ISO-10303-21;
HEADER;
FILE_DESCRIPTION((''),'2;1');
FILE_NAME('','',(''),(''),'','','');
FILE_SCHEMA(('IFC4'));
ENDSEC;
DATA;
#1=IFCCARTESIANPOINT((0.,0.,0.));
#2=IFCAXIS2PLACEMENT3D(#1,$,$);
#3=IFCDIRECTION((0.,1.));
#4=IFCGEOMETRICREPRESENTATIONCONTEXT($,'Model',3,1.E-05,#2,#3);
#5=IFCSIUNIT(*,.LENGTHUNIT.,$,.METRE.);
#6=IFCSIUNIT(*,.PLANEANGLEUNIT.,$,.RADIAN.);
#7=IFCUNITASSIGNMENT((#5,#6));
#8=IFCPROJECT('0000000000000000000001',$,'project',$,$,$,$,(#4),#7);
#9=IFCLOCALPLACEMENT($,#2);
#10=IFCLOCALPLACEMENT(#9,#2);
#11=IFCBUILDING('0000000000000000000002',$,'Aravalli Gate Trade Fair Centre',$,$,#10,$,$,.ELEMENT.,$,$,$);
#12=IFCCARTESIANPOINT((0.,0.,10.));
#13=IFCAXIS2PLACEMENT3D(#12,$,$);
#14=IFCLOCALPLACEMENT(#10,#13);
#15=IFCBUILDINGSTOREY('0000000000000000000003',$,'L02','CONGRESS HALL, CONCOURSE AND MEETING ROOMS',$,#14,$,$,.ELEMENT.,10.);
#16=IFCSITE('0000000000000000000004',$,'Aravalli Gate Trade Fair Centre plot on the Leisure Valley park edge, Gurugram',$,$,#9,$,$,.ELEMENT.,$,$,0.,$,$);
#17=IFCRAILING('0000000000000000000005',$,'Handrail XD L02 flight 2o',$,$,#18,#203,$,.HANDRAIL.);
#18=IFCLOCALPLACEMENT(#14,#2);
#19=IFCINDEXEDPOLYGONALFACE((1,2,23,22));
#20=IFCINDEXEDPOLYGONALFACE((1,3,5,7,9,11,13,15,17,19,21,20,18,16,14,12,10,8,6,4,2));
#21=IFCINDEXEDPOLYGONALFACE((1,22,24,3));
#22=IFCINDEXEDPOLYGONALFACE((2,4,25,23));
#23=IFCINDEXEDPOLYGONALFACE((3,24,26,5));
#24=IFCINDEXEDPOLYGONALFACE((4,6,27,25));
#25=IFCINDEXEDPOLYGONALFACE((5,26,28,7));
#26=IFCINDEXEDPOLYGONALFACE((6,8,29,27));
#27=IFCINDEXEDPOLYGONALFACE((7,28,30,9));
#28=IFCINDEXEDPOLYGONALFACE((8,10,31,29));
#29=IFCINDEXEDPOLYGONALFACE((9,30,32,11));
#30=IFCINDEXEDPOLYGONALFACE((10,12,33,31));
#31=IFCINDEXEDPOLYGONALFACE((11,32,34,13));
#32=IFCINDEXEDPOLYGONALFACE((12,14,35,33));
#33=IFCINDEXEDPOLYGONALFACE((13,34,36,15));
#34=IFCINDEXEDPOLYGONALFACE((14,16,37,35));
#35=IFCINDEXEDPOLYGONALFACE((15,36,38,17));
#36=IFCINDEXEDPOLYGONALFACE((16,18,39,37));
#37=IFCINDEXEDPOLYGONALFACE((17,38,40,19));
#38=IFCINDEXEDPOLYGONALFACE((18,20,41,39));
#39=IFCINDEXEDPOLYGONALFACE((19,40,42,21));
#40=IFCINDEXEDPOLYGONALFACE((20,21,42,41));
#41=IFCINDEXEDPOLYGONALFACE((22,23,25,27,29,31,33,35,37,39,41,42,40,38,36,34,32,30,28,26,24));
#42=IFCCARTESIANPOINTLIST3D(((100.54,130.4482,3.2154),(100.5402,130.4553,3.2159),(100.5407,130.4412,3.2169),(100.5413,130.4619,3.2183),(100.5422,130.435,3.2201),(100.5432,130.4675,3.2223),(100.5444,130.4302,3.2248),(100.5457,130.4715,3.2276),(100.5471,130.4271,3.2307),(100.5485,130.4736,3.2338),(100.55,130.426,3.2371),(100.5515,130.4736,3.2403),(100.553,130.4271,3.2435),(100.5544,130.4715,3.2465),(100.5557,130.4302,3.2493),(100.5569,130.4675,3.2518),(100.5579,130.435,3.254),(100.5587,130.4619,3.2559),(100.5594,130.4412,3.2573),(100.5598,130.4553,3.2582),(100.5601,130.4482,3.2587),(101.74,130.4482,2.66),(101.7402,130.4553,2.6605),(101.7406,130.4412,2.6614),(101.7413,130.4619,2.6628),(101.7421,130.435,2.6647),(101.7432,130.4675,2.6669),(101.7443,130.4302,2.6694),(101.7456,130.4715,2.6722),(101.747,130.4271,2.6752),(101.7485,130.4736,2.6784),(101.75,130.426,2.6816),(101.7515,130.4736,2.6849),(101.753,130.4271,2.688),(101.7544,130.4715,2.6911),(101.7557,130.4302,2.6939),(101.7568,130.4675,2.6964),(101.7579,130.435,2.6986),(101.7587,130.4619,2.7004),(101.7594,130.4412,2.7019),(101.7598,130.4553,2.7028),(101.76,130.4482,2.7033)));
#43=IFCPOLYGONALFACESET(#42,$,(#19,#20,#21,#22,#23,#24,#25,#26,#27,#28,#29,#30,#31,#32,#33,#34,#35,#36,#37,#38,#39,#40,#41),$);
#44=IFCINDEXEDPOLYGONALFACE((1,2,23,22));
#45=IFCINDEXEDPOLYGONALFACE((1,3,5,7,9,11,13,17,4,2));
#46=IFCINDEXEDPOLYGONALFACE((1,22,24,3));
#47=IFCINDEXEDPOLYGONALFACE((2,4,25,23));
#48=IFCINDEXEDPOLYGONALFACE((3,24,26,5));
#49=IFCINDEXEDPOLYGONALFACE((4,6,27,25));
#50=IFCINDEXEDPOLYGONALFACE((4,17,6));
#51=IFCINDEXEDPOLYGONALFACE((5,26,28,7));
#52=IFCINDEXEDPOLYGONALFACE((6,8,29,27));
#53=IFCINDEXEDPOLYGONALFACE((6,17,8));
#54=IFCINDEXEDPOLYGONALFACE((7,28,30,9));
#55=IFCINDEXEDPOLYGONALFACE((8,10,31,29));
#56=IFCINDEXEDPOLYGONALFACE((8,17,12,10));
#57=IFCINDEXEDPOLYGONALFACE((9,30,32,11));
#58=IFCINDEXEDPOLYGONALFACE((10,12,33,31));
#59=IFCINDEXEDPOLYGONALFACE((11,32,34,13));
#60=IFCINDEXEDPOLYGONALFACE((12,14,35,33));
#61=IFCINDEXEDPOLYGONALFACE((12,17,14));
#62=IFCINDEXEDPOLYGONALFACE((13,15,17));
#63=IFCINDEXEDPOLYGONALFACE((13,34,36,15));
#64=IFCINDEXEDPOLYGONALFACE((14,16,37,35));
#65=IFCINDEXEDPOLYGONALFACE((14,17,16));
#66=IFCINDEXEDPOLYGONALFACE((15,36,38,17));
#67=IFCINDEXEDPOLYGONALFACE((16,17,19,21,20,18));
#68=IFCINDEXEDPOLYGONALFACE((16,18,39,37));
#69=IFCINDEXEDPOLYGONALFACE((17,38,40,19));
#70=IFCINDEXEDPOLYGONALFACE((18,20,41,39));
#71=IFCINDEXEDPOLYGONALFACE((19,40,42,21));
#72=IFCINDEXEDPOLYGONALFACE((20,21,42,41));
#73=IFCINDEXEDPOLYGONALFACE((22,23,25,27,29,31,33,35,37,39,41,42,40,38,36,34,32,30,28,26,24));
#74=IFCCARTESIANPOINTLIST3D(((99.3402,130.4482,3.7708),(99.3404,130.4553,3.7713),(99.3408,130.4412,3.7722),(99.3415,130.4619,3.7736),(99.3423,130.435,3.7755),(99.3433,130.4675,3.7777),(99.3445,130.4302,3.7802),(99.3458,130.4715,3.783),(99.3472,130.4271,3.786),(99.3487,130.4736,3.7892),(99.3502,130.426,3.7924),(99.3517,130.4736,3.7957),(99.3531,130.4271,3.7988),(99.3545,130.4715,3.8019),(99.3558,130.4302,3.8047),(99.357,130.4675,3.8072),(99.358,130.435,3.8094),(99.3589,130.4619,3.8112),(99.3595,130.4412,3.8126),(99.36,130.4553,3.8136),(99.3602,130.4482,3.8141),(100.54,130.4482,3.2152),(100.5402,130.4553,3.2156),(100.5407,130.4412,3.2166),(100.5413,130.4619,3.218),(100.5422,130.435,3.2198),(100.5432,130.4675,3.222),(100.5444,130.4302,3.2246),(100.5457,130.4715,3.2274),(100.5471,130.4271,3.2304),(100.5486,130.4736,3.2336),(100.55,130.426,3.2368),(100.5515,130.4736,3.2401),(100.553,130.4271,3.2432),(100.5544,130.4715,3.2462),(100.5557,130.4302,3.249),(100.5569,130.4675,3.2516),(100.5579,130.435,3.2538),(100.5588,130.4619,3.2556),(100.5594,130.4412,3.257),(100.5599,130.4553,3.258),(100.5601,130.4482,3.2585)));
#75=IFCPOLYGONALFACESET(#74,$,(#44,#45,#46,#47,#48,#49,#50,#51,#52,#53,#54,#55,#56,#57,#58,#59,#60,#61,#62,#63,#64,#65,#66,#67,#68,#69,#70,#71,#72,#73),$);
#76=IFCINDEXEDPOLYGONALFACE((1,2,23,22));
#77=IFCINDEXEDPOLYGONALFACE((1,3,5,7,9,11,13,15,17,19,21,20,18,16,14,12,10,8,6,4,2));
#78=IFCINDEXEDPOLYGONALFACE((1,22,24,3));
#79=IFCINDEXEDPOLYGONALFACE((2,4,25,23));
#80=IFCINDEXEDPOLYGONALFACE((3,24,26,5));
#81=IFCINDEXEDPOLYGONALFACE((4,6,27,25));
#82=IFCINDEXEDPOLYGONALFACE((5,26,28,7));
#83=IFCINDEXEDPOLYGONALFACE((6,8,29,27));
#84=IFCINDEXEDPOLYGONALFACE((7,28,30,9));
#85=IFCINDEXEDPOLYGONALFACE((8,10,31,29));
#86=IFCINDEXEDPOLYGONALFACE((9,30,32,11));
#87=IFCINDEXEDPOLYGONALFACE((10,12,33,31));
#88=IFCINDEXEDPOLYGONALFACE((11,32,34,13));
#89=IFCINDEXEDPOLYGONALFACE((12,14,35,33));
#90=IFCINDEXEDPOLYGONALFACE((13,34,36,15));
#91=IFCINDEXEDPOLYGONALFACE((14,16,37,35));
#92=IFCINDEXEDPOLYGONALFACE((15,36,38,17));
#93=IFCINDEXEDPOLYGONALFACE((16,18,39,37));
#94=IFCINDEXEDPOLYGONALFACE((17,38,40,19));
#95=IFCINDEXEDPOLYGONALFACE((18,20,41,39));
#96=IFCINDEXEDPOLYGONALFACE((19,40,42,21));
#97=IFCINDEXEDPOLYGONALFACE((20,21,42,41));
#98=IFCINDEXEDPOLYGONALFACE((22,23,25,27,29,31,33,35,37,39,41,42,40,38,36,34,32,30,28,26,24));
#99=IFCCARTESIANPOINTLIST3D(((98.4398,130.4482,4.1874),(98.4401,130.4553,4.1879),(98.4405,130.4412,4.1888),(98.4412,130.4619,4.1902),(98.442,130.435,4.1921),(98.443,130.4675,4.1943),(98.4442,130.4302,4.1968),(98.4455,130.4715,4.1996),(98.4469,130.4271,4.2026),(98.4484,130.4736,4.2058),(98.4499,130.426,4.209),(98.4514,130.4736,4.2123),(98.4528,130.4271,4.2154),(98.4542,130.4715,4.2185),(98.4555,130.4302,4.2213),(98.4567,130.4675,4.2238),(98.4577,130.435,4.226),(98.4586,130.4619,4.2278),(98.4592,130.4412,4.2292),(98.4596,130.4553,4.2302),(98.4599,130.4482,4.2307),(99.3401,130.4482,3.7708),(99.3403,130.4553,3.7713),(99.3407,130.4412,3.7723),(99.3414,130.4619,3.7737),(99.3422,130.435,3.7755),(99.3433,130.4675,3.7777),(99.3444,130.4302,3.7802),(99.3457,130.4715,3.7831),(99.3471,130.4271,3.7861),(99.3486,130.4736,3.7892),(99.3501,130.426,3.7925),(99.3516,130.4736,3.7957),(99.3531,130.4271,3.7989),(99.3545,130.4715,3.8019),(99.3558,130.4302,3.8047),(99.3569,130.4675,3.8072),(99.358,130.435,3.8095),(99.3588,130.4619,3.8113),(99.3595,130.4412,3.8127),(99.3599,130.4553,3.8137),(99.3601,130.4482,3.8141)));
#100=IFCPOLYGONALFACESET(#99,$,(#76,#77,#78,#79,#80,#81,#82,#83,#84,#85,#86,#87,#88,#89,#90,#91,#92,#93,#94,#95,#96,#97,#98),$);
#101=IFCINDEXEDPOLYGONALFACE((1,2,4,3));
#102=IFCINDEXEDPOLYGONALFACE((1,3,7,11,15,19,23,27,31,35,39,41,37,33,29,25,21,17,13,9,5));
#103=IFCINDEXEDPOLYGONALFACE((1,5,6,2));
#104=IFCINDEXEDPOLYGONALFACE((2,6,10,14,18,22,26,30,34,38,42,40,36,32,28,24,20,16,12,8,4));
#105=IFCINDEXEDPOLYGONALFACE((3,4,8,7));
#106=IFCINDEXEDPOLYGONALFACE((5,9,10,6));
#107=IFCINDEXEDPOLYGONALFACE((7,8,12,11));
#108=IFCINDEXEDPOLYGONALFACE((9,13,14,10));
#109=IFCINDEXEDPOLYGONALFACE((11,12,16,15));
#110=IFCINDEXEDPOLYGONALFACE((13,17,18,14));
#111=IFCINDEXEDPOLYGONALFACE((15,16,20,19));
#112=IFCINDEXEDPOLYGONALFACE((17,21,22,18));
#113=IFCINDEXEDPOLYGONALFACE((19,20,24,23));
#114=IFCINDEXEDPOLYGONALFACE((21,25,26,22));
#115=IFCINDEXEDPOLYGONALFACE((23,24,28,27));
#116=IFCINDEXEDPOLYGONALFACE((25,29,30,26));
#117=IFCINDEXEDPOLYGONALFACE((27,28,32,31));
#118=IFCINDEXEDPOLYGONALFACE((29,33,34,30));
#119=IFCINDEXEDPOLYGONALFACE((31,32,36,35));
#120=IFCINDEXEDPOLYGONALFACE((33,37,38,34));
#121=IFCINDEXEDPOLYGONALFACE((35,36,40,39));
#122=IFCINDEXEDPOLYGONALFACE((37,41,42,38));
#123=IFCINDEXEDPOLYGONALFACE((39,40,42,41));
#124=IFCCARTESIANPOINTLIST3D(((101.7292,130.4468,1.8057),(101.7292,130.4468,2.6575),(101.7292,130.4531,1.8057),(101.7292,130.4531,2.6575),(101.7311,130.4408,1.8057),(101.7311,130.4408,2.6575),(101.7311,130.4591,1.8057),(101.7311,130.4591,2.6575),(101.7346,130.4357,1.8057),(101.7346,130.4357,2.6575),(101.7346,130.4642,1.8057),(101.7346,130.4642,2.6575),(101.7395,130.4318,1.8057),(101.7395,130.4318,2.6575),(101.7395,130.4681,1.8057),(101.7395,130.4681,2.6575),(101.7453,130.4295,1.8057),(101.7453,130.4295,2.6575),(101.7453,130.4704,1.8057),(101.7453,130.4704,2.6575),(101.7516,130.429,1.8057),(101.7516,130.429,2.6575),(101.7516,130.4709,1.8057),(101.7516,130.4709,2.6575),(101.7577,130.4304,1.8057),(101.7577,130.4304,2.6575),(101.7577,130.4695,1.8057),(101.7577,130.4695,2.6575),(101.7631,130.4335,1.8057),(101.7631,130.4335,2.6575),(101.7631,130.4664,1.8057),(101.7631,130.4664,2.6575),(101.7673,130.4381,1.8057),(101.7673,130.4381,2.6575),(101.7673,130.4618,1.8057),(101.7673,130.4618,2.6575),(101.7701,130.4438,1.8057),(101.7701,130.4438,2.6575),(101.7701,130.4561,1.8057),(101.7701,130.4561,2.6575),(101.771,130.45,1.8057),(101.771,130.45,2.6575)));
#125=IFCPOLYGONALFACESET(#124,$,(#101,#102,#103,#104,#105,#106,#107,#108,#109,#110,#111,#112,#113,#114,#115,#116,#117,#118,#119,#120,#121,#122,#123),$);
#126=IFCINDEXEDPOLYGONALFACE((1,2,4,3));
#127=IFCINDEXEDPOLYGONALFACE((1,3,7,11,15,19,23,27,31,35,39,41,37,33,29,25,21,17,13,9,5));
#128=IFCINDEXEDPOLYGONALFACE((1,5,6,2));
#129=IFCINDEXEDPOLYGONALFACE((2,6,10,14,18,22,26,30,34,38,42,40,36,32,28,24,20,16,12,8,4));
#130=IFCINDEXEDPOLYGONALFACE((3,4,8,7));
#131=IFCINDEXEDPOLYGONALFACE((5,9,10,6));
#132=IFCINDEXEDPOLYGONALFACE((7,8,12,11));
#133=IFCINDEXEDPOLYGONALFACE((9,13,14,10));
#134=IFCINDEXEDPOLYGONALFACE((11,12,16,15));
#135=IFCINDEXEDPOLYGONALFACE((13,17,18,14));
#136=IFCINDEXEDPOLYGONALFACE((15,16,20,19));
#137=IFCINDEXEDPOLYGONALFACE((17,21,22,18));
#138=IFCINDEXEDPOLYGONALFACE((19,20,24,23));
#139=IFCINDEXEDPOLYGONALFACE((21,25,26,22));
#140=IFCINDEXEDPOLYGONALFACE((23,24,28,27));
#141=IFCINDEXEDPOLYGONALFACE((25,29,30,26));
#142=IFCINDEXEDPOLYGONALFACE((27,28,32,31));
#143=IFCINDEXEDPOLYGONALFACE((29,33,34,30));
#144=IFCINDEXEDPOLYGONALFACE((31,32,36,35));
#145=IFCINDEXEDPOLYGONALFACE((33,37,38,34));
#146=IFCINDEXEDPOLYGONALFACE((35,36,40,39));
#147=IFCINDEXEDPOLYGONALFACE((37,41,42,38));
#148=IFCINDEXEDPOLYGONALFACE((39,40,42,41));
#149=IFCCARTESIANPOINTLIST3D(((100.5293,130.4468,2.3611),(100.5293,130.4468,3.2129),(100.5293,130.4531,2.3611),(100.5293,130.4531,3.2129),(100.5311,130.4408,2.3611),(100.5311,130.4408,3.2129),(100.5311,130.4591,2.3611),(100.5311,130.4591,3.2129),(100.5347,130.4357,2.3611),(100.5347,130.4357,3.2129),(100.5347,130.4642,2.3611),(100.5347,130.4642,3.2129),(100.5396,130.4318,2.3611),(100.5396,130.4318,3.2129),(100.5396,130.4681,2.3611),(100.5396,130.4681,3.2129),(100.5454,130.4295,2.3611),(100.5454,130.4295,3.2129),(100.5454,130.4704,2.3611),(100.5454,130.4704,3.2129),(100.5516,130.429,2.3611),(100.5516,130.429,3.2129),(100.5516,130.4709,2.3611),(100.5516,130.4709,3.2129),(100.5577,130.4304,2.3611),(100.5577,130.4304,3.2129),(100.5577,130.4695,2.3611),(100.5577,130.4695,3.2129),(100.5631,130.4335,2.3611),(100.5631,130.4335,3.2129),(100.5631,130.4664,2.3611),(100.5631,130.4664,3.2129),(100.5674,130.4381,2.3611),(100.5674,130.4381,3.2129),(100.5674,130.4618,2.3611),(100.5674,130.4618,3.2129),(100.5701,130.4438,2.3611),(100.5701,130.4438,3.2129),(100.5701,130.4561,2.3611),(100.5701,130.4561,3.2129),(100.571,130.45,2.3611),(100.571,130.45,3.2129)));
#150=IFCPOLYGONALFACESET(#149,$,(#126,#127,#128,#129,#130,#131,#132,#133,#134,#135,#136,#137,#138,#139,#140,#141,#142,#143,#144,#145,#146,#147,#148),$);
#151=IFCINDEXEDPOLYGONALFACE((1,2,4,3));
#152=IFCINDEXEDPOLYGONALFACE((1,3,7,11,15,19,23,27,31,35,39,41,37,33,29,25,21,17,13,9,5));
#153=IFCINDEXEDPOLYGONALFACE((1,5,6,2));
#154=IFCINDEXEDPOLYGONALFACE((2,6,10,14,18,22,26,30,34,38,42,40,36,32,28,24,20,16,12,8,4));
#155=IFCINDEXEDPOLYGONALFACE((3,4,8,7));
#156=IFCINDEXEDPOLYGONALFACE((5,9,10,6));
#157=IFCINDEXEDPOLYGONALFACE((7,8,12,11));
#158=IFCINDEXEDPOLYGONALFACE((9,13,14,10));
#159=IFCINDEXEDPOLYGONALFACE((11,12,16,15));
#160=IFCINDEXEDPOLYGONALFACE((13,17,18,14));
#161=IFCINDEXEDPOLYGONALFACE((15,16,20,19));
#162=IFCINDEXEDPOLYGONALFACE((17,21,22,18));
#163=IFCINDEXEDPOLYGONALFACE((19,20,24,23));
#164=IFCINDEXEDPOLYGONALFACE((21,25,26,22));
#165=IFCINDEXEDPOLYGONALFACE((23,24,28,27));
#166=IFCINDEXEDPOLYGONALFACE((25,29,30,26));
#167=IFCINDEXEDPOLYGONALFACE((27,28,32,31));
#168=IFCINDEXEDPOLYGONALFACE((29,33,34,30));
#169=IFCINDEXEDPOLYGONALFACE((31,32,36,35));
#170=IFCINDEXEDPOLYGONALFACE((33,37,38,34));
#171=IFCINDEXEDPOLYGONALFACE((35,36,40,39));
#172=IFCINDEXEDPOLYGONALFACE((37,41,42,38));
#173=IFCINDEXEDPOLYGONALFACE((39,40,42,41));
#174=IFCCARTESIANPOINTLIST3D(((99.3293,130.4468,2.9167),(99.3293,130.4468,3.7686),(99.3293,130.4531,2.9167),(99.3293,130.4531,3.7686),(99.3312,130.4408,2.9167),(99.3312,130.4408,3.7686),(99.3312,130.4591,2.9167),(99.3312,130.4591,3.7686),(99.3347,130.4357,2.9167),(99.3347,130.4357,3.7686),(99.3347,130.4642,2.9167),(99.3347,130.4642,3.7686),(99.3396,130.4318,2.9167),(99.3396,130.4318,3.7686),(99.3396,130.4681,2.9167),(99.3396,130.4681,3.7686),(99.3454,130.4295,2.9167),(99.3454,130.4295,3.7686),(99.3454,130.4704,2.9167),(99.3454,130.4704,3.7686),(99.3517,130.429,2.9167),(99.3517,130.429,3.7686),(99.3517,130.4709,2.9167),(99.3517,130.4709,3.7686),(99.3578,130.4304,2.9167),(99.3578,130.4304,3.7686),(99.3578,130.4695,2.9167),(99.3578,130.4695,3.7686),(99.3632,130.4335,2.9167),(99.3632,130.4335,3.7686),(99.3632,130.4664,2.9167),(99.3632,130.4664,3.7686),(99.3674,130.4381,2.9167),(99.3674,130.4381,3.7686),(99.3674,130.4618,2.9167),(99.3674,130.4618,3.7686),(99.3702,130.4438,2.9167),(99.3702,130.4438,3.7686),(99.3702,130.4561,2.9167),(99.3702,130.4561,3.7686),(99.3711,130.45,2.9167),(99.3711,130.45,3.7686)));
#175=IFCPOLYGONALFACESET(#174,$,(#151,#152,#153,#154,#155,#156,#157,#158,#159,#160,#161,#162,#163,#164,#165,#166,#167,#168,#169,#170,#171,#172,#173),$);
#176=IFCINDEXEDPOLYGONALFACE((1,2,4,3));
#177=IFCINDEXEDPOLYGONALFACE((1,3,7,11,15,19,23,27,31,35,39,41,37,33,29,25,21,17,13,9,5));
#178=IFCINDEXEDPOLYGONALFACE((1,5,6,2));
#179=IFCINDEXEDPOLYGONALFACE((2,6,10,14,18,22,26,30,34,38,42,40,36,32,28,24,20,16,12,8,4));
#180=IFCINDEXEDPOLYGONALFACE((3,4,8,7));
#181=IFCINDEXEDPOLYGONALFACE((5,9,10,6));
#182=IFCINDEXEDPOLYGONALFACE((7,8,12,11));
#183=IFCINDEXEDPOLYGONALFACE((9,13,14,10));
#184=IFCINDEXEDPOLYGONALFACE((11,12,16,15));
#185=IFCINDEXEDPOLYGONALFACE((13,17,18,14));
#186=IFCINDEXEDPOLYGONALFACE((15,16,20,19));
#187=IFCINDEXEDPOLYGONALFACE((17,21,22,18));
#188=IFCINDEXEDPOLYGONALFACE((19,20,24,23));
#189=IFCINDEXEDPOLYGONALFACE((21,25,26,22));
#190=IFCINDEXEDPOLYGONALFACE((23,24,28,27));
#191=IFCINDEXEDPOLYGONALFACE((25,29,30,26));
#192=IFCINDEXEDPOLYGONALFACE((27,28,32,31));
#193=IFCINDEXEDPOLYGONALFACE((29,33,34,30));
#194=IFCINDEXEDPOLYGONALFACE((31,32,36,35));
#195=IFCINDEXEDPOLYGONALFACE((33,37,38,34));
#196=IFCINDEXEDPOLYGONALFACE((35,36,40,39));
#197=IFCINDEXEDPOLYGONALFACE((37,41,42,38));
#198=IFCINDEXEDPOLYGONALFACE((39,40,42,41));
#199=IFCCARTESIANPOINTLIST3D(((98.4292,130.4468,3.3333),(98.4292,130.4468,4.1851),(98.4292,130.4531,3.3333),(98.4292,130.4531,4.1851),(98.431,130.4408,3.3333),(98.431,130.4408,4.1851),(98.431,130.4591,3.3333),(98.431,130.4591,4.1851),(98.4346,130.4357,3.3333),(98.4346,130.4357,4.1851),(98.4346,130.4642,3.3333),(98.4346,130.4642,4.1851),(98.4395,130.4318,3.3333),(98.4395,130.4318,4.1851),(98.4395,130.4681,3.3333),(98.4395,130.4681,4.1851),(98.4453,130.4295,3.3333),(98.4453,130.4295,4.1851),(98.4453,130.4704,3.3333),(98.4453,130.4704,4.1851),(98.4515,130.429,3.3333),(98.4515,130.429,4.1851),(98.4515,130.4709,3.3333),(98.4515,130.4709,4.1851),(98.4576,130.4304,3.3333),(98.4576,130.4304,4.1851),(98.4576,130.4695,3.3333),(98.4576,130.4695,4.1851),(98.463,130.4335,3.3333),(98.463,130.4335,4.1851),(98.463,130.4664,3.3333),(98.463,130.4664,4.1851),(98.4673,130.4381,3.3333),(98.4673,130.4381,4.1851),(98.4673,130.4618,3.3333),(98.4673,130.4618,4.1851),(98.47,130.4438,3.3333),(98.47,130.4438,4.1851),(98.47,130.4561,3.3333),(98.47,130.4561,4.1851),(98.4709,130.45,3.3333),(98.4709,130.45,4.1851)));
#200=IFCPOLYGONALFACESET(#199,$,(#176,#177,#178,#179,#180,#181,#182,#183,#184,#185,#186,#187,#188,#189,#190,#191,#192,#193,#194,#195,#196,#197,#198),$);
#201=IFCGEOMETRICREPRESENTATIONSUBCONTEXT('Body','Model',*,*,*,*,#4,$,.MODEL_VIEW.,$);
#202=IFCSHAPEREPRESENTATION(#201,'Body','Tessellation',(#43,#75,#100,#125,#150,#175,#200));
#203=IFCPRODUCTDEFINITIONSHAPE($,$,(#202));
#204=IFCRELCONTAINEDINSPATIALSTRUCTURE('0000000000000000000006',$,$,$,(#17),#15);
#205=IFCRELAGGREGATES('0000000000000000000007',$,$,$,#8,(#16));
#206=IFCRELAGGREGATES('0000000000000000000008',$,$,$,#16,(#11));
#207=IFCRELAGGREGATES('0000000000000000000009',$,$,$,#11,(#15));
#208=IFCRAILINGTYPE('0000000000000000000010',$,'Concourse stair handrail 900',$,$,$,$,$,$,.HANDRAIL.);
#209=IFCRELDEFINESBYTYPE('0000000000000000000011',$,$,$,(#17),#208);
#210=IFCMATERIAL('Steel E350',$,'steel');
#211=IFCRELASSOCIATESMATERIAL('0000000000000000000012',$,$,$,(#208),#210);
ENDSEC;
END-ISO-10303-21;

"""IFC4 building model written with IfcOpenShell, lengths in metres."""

from ifc_helpers import new_model, si_unit, direction, frame, origin, origin_2d, place, context, subcontext, project, spatial, circle, extrude, material, type_object, element, save


model = new_model("IFC4")

# Units and contexts
model_context = context("Model", 3, precision=1e-05, world=origin(), true_north=direction((0.0, 1.0)))
body_context = subcontext(model_context, "Body", "Model", "MODEL_VIEW")
ifc_project = project(units=[si_unit("LENGTHUNIT", "METRE"), si_unit("PLANEANGLEUNIT", "RADIAN")], contexts=[model_context])

# Site, building, storey
site_placement = place(None, origin())
site = spatial("IfcSite", under=ifc_project, at=site_placement, Name="Aravalli Gate Trade Fair Centre plot on the Leisure Valley park edge, Gurugram", CompositionType="ELEMENT", RefElevation=0.0)
building_placement = place(site_placement, origin())
building = spatial("IfcBuilding", under=site, at=building_placement, Name="Aravalli Gate Trade Fair Centre", CompositionType="ELEMENT")
storey_placement = place(building_placement, frame((0.0, 0.0, 10.0)))
storey = spatial("IfcBuildingStorey", under=building, at=storey_placement, Name="L02", Description="CONGRESS HALL, CONCOURSE AND MEETING ROOMS", CompositionType="ELEMENT", Elevation=10.0)

# Shared definitions
ifc_material_1 = material(Name="Steel E350", Category="steel")

# Railing
railing_type = type_object("IfcRailingType", Name="Concourse stair handrail 900", PredefinedType="HANDRAIL", material=ifc_material_1)
railing_placement = place(storey_placement, frame((101.75, 130.45, 1.8057)))
element("IfcRailing", 1, at=railing_placement, inside=storey, type_object=railing_type, Name="Handrail XD L02 flight 2o", PredefinedType="HANDRAIL", context=body_context, shape_type="SweptSolid", body=[
    extrude(circle(Radius=0.0239, at=origin_2d()), frame((0.0, 0.0, 0.876), z_axis=(-0.907499, 0.0, 0.420053), x_axis=(0.0, -1.0, 0.0)), (0.0, 0.0, 1.0), 1.3223),
    extrude(circle(Radius=0.0239, at=origin_2d()), frame((-1.2, 0.0, 1.4312), z_axis=(-0.907429, 0.0, 0.420205), x_axis=(0.0, -1.0, 0.0)), (0.0, 0.0, 1.0), 1.3223),
    extrude(circle(Radius=0.0239, at=origin_2d()), frame((-2.3999, 0.0, 1.9868), z_axis=(-0.907556, 0.0, 0.419932), x_axis=(0.0, -1.0, 0.0)), (0.0, 0.0, 1.0), 0.9919),
    extrude(circle(Radius=0.021, at=origin_2d()), origin(), (0.0, 0.0, 1.0), 0.8518),
    extrude(circle(Radius=0.021, at=origin_2d()), frame((-1.2, 0.0, 0.5554)), (0.0, 0.0, 1.0), 0.8518),
    extrude(circle(Radius=0.021, at=origin_2d()), frame((-2.3999, 0.0, 1.1111)), (0.0, 0.0, 1.0), 0.8518),
    extrude(circle(Radius=0.021, at=origin_2d()), frame((-3.3, 0.0, 1.5276)), (0.0, 0.0, 1.0), 0.8518),
])

save(model, "model.ifc")
